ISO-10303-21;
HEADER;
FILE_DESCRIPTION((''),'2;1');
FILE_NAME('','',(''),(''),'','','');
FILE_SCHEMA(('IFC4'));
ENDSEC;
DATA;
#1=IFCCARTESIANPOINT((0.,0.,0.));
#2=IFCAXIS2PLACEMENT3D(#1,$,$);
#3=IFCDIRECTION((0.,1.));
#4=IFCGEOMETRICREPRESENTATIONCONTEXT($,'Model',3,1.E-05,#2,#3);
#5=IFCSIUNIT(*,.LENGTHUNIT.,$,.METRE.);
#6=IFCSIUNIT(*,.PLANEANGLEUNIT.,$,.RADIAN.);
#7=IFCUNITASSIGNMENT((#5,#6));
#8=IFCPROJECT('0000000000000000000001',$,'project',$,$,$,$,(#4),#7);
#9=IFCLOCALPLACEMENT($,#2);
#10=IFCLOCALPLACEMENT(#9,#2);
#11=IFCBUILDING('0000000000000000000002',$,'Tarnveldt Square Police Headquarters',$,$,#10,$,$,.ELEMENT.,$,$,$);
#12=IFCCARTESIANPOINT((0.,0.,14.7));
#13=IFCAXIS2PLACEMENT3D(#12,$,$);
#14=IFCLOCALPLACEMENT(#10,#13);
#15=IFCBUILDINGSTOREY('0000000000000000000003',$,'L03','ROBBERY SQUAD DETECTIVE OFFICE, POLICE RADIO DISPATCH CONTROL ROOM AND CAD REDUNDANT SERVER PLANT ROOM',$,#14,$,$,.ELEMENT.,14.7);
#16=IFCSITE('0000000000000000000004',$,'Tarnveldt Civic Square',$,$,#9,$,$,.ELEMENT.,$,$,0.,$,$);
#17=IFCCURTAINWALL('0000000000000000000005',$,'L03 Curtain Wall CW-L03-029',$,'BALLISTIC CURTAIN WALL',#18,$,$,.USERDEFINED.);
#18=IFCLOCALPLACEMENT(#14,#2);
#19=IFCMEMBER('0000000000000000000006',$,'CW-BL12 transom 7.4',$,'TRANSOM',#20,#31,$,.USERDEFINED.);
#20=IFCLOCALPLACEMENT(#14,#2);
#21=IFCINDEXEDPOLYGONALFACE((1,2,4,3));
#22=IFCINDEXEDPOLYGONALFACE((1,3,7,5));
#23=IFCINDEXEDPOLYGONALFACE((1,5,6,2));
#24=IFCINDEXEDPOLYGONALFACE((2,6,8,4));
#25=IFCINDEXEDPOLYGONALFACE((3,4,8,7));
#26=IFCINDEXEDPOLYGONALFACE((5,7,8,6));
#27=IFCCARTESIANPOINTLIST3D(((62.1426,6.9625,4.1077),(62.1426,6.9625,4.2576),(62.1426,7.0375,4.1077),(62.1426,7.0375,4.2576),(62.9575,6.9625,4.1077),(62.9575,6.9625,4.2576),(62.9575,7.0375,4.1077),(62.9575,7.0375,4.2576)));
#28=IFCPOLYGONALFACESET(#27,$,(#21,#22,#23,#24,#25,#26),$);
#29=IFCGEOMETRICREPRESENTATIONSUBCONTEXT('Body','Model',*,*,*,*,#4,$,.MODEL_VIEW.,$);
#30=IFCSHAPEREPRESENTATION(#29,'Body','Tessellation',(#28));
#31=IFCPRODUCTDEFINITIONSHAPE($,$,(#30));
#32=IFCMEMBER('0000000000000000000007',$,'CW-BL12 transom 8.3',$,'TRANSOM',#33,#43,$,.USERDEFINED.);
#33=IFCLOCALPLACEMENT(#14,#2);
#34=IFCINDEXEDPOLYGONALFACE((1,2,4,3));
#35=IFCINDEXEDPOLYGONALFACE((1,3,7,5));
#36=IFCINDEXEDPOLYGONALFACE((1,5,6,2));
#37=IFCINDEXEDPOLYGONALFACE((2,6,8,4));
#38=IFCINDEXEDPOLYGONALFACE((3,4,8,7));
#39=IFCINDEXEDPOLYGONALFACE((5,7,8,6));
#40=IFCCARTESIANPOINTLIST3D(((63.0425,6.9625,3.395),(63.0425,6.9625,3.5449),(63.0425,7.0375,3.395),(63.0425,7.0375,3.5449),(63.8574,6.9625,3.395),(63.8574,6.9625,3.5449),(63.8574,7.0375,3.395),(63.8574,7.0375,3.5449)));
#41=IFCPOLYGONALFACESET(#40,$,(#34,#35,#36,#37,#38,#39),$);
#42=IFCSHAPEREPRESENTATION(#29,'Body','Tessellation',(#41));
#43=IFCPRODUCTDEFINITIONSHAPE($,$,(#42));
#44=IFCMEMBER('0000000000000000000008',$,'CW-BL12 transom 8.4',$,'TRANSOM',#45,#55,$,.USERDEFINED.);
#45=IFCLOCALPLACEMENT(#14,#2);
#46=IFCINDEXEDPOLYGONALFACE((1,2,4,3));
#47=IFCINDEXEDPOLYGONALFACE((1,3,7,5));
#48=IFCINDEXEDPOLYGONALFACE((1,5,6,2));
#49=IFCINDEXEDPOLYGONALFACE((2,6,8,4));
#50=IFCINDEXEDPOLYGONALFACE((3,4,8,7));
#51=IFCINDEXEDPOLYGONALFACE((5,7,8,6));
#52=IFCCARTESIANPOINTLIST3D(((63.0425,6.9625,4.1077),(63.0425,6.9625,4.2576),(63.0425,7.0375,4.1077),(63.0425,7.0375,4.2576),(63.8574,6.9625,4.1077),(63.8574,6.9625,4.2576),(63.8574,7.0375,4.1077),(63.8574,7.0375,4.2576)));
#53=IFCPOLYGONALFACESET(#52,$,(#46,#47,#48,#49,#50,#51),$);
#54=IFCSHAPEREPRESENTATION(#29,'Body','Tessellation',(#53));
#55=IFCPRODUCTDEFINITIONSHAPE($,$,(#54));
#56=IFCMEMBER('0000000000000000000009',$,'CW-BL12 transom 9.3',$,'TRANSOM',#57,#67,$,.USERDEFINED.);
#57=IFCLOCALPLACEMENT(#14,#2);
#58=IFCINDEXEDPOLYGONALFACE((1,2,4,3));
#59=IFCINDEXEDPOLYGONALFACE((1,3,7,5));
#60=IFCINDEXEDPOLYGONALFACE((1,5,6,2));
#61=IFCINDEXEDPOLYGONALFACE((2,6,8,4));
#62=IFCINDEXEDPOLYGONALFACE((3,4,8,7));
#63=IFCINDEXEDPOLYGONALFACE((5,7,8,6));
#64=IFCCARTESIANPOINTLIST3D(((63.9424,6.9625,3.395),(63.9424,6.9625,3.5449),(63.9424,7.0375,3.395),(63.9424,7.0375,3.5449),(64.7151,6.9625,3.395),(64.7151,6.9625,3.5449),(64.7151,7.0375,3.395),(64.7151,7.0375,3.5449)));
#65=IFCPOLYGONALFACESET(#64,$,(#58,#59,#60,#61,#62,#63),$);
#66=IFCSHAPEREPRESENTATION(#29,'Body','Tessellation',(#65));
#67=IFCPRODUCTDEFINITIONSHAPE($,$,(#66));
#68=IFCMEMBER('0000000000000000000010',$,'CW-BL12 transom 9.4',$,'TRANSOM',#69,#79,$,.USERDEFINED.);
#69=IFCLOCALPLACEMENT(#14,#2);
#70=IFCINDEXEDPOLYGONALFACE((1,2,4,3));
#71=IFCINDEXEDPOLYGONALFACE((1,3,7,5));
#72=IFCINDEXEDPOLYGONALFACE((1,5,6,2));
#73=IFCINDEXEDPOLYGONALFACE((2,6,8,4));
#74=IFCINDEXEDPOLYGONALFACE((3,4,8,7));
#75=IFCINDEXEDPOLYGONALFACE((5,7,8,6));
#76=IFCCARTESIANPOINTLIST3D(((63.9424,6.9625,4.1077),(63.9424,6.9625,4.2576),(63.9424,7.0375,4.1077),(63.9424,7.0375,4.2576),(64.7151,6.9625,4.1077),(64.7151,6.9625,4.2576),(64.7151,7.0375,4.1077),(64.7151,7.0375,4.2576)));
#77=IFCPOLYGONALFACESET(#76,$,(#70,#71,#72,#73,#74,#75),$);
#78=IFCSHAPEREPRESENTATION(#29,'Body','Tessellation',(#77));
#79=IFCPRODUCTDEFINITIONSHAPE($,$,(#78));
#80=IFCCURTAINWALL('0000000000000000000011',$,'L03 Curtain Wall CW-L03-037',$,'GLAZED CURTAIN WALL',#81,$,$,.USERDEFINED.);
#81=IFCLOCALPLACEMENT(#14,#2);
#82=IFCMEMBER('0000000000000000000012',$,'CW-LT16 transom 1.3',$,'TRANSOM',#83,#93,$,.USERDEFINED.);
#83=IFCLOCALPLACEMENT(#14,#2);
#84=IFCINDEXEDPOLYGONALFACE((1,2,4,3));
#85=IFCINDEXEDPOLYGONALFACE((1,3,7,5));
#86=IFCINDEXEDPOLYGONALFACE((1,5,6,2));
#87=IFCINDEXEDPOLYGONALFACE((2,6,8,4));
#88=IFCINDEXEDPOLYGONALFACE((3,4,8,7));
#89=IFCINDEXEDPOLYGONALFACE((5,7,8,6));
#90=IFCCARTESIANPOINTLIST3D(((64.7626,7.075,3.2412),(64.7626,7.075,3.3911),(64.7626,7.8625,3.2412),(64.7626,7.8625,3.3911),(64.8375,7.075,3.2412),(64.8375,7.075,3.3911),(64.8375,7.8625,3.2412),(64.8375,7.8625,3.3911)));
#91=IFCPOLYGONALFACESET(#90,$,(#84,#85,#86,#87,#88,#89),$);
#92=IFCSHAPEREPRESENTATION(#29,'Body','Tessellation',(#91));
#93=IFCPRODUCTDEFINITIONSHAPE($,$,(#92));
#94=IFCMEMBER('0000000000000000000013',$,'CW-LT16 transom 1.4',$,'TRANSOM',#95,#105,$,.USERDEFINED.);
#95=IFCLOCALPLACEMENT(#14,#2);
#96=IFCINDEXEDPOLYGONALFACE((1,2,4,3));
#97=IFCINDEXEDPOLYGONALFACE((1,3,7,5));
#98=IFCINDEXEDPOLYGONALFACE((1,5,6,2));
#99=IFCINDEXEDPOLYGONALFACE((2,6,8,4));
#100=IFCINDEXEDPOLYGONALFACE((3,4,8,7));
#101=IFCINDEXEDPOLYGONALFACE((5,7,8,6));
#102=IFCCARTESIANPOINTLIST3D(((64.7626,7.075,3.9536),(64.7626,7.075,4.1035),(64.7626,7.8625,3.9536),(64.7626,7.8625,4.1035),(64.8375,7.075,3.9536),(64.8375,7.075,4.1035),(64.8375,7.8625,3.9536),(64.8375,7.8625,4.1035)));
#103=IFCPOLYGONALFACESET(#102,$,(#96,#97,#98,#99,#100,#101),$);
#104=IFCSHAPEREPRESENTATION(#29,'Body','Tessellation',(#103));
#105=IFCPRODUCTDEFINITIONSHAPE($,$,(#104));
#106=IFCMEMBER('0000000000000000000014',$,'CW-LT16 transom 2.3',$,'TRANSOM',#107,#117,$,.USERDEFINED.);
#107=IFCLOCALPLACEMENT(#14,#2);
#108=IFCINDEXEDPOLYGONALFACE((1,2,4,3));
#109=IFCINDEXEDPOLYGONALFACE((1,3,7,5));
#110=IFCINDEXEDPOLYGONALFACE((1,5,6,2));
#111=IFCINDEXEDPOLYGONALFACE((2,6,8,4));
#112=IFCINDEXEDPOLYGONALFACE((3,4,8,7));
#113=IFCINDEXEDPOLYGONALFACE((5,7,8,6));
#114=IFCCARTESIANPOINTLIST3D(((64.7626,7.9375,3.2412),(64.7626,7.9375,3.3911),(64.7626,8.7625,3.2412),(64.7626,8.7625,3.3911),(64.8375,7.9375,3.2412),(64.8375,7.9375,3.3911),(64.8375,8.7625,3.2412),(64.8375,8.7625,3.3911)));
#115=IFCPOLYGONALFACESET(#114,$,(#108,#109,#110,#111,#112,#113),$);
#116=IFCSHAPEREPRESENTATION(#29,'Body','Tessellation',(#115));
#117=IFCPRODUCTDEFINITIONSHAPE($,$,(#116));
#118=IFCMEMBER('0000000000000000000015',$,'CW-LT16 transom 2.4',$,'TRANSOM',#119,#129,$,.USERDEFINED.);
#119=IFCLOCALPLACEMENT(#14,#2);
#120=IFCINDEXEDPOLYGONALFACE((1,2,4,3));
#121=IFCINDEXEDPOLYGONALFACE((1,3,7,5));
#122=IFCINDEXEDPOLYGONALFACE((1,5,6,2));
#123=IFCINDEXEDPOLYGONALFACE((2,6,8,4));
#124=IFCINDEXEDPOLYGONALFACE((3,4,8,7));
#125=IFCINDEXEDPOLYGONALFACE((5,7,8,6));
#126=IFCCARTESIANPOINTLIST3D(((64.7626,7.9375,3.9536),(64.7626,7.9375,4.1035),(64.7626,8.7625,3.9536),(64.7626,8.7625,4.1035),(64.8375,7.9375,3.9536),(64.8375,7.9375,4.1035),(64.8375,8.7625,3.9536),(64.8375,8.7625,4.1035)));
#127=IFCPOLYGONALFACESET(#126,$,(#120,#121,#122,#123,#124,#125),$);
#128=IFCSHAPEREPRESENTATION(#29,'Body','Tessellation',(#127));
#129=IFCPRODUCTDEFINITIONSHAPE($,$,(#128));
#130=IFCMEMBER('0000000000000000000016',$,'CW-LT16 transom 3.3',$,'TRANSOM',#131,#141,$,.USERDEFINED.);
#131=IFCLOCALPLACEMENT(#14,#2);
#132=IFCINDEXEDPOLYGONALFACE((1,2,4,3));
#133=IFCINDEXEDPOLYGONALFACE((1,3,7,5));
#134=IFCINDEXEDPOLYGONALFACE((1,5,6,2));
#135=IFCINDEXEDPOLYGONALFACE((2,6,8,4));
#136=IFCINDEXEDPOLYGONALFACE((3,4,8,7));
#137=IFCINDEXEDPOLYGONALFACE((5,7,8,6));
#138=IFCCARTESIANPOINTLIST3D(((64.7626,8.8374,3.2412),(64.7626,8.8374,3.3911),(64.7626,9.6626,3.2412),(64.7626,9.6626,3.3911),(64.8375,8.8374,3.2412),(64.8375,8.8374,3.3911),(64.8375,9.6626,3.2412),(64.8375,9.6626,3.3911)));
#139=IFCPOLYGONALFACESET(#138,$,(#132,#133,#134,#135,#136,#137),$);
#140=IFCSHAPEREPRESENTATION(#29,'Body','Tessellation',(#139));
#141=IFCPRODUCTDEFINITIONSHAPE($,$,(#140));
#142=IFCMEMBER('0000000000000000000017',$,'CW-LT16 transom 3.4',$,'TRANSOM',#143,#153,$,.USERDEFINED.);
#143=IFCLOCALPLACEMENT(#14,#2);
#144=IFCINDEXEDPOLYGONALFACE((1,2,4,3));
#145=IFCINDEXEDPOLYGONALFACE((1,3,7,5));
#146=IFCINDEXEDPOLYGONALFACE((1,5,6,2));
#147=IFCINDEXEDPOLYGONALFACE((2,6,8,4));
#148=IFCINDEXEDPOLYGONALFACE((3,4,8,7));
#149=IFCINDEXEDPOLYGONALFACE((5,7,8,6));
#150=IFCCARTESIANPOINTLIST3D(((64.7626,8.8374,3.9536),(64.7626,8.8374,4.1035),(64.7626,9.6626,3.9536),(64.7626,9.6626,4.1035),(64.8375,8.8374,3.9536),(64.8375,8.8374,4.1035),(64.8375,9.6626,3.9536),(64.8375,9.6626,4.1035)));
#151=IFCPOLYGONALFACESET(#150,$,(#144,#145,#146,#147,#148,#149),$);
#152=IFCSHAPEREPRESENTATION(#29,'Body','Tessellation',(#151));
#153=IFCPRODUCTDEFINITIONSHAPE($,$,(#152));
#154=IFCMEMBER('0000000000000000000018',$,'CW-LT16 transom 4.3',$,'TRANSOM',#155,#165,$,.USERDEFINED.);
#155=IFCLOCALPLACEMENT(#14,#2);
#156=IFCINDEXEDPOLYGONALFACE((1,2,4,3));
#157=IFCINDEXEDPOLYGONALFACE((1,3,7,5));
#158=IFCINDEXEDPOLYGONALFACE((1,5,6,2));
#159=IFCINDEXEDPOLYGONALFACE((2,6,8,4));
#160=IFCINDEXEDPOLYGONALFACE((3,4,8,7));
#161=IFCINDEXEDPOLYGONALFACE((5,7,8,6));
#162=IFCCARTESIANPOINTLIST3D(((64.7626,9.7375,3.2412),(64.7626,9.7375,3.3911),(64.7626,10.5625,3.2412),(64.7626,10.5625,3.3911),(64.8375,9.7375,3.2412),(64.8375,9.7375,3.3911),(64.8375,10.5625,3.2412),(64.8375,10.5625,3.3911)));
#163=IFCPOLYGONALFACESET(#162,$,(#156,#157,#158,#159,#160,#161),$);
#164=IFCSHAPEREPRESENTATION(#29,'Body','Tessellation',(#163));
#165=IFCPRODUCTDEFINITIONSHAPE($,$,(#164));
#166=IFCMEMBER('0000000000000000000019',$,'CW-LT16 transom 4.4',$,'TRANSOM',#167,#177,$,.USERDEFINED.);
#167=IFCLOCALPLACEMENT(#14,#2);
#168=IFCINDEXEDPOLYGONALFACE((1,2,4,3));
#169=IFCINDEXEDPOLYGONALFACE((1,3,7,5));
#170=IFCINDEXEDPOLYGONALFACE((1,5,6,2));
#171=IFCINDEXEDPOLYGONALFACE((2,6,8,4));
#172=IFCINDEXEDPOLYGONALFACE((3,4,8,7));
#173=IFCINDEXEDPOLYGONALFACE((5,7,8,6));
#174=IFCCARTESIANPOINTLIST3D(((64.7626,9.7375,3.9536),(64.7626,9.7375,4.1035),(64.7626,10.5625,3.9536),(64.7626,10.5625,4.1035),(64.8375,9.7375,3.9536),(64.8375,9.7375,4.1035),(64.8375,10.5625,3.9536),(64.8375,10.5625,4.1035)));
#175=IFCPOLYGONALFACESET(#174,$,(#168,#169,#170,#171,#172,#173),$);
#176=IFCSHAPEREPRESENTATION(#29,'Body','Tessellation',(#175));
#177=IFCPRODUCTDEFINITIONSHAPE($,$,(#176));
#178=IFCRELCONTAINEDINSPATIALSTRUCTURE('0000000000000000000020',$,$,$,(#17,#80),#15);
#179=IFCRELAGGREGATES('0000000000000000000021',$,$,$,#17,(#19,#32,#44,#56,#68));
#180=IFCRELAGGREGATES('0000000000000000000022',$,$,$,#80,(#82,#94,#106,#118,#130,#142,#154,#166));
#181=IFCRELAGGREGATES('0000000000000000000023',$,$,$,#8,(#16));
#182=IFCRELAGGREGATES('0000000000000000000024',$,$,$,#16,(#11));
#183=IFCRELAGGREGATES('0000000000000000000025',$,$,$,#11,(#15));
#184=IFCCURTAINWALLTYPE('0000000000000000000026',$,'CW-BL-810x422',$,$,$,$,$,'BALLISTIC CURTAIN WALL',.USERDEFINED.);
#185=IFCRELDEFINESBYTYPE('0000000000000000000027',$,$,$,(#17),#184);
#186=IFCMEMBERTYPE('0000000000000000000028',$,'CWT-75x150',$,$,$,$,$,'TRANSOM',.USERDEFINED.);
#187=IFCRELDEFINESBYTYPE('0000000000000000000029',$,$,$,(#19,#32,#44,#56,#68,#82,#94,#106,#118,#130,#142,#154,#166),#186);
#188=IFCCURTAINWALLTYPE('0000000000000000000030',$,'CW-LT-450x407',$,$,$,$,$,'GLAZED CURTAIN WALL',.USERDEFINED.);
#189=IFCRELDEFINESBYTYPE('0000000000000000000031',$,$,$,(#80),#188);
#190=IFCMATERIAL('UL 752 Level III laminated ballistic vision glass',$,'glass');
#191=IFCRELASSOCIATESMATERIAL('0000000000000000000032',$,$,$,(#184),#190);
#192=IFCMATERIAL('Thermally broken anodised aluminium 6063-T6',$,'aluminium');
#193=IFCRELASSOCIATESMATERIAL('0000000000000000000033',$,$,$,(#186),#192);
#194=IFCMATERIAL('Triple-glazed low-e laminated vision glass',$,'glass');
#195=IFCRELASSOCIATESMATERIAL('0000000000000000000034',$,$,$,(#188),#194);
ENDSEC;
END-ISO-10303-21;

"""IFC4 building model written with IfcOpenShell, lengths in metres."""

from ifc_helpers import new_model, si_unit, direction, frame, origin, origin_2d, place, context, subcontext, project, spatial, rectangle, extrude, material, material_profile, profile_set, type_object, element, aggregate, save


model = new_model("IFC4")

# Units and contexts
model_context = context("Model", 3, precision=1e-05, world=origin(), true_north=direction((0.0, 1.0)))
body_context = subcontext(model_context, "Body", "Model", "MODEL_VIEW")
ifc_project = project(units=[si_unit("LENGTHUNIT", "METRE"), si_unit("PLANEANGLEUNIT", "RADIAN")], contexts=[model_context])

# Site, building, storey
site_placement = place(None, origin())
site = spatial("IfcSite", under=ifc_project, at=site_placement, Name="Tarnveldt Civic Square", CompositionType="ELEMENT", RefElevation=0.0)
building_placement = place(site_placement, origin())
building = spatial("IfcBuilding", under=site, at=building_placement, Name="Tarnveldt Square Police Headquarters", CompositionType="ELEMENT")
storey_placement = place(building_placement, frame((0.0, 0.0, 14.7)))
storey = spatial("IfcBuildingStorey", under=building, at=storey_placement, Name="L03", Description="ROBBERY SQUAD DETECTIVE OFFICE, POLICE RADIO DISPATCH CONTROL ROOM AND CAD REDUNDANT SERVER PLANT ROOM", CompositionType="ELEMENT", Elevation=14.7)

# Curtain walls, members
ifc_material_1 = material(Name="UL 752 Level III laminated ballistic vision glass", Category="glass")
curtain_wall_type_1 = type_object("IfcCurtainWallType", Name="CW-BL-810x422", ElementType="BALLISTIC CURTAIN WALL", PredefinedType="USERDEFINED", material=ifc_material_1)
curtain_wall_1_placement = place(storey_placement, origin())
curtain_wall_1 = element("IfcCurtainWall", 1, at=curtain_wall_1_placement, inside=storey, type_object=curtain_wall_type_1, Name="L03 Curtain Wall CW-L03-029", ObjectType="BALLISTIC CURTAIN WALL", PredefinedType="USERDEFINED")
ifc_material_2 = material(Name="Thermally broken anodised aluminium 6063-T6", Category="aluminium")
ifc_material_profile_1 = material_profile(ifc_material_2, rectangle(XDim=0.075, YDim=0.1499, at=origin_2d()), Name="CW-T75x150")
ifc_profile_set_1 = profile_set([ifc_material_profile_1], Name="Thermally broken anodised aluminium 6063-T6")
member_type_1 = type_object("IfcMemberType", Name="CWT-75x150", ElementType="TRANSOM", PredefinedType="USERDEFINED", material=ifc_profile_set_1)
member_1_placement = place(storey_placement, frame((62.1426, 7.0, 4.1826), z_axis=(1.0, 0.0, 0.0), x_axis=(0.0, 1.0, 0.0)))
member_1 = element("IfcMember", 2, at=member_1_placement, type_object=member_type_1, Name="CW-BL12 transom 7.4", ObjectType="TRANSOM", PredefinedType="USERDEFINED", context=body_context, shape_type="SweptSolid", body=[
    extrude(rectangle(XDim=0.075, YDim=0.1499, at=origin_2d()), origin(), (0.0, 0.0, 1.0), 0.8149),
])
member_2_placement = place(storey_placement, frame((63.0425, 7.0, 3.47), z_axis=(1.0, 0.0, 0.0), x_axis=(0.0, 1.0, 0.0)))
member_2 = element("IfcMember", 3, at=member_2_placement, type_object=member_type_1, Name="CW-BL12 transom 8.3", ObjectType="TRANSOM", PredefinedType="USERDEFINED", context=body_context, shape_type="SweptSolid", body=[
    extrude(rectangle(XDim=0.075, YDim=0.1499, at=origin_2d()), origin(), (0.0, 0.0, 1.0), 0.8149),
])
member_3_placement = place(storey_placement, frame((63.0425, 7.0, 4.1826), z_axis=(1.0, 0.0, 0.0), x_axis=(0.0, 1.0, 0.0)))
member_3 = element("IfcMember", 4, at=member_3_placement, type_object=member_type_1, Name="CW-BL12 transom 8.4", ObjectType="TRANSOM", PredefinedType="USERDEFINED", context=body_context, shape_type="SweptSolid", body=[
    extrude(rectangle(XDim=0.075, YDim=0.1499, at=origin_2d()), origin(), (0.0, 0.0, 1.0), 0.8149),
])
member_4_placement = place(storey_placement, frame((63.9424, 7.0, 3.47), z_axis=(1.0, 0.0, 0.0), x_axis=(0.0, 1.0, 0.0)))
member_4 = element("IfcMember", 5, at=member_4_placement, type_object=member_type_1, Name="CW-BL12 transom 9.3", ObjectType="TRANSOM", PredefinedType="USERDEFINED", context=body_context, shape_type="SweptSolid", body=[
    extrude(rectangle(XDim=0.075, YDim=0.1499, at=origin_2d()), origin(), (0.0, 0.0, 1.0), 0.7727),
])
member_5_placement = place(storey_placement, frame((63.9424, 7.0, 4.1826), z_axis=(1.0, 0.0, 0.0), x_axis=(0.0, 1.0, 0.0)))
member_5 = element("IfcMember", 6, at=member_5_placement, type_object=member_type_1, Name="CW-BL12 transom 9.4", ObjectType="TRANSOM", PredefinedType="USERDEFINED", context=body_context, shape_type="SweptSolid", body=[
    extrude(rectangle(XDim=0.075, YDim=0.1499, at=origin_2d()), origin(), (0.0, 0.0, 1.0), 0.7727),
])
ifc_material_3 = material(Name="Triple-glazed low-e laminated vision glass", Category="glass")
curtain_wall_type_2 = type_object("IfcCurtainWallType", Name="CW-LT-450x407", ElementType="GLAZED CURTAIN WALL", PredefinedType="USERDEFINED", material=ifc_material_3)
curtain_wall_2_placement = place(storey_placement, origin())
curtain_wall_2 = element("IfcCurtainWall", 7, at=curtain_wall_2_placement, inside=storey, type_object=curtain_wall_type_2, Name="L03 Curtain Wall CW-L03-037", ObjectType="GLAZED CURTAIN WALL", PredefinedType="USERDEFINED")
member_6_placement = place(storey_placement, frame((64.8, 7.075, 3.3162), z_axis=(0.0, 1.0, 0.0), x_axis=(-1.0, 0.0, 0.0)))
member_6 = element("IfcMember", 8, at=member_6_placement, type_object=member_type_1, Name="CW-LT16 transom 1.3", ObjectType="TRANSOM", PredefinedType="USERDEFINED", context=body_context, shape_type="SweptSolid", body=[
    extrude(rectangle(XDim=0.075, YDim=0.1499, at=origin_2d()), origin(), (0.0, 0.0, 1.0), 0.7876),
])
member_7_placement = place(storey_placement, frame((64.8, 7.075, 4.0286), z_axis=(0.0, 1.0, 0.0), x_axis=(-1.0, 0.0, 0.0)))
member_7 = element("IfcMember", 9, at=member_7_placement, type_object=member_type_1, Name="CW-LT16 transom 1.4", ObjectType="TRANSOM", PredefinedType="USERDEFINED", context=body_context, shape_type="SweptSolid", body=[
    extrude(rectangle(XDim=0.075, YDim=0.1499, at=origin_2d()), origin(), (0.0, 0.0, 1.0), 0.7876),
])
member_8_placement = place(storey_placement, frame((64.8, 7.9375, 3.3162), z_axis=(0.0, 1.0, 0.0), x_axis=(-1.0, 0.0, 0.0)))
member_8 = element("IfcMember", 10, at=member_8_placement, type_object=member_type_1, Name="CW-LT16 transom 2.3", ObjectType="TRANSOM", PredefinedType="USERDEFINED", context=body_context, shape_type="SweptSolid", body=[
    extrude(rectangle(XDim=0.075, YDim=0.1499, at=origin_2d()), origin(), (0.0, 0.0, 1.0), 0.825),
])
member_9_placement = place(storey_placement, frame((64.8, 7.9375, 4.0286), z_axis=(0.0, 1.0, 0.0), x_axis=(-1.0, 0.0, 0.0)))
member_9 = element("IfcMember", 11, at=member_9_placement, type_object=member_type_1, Name="CW-LT16 transom 2.4", ObjectType="TRANSOM", PredefinedType="USERDEFINED", context=body_context, shape_type="SweptSolid", body=[
    extrude(rectangle(XDim=0.075, YDim=0.1499, at=origin_2d()), origin(), (0.0, 0.0, 1.0), 0.825),
])
member_10_placement = place(storey_placement, frame((64.8, 8.8374, 3.3162), z_axis=(0.0, 1.0, 0.0), x_axis=(-1.0, 0.0, 0.0)))
member_10 = element("IfcMember", 12, at=member_10_placement, type_object=member_type_1, Name="CW-LT16 transom 3.3", ObjectType="TRANSOM", PredefinedType="USERDEFINED", context=body_context, shape_type="SweptSolid", body=[
    extrude(rectangle(XDim=0.075, YDim=0.1499, at=origin_2d()), origin(), (0.0, 0.0, 1.0), 0.8252),
])
member_11_placement = place(storey_placement, frame((64.8, 8.8374, 4.0286), z_axis=(0.0, 1.0, 0.0), x_axis=(-1.0, 0.0, 0.0)))
member_11 = element("IfcMember", 13, at=member_11_placement, type_object=member_type_1, Name="CW-LT16 transom 3.4", ObjectType="TRANSOM", PredefinedType="USERDEFINED", context=body_context, shape_type="SweptSolid", body=[
    extrude(rectangle(XDim=0.075, YDim=0.1499, at=origin_2d()), origin(), (0.0, 0.0, 1.0), 0.8252),
])
member_12_placement = place(storey_placement, frame((64.8, 9.7375, 3.3162), z_axis=(0.0, 1.0, 0.0), x_axis=(-1.0, 0.0, 0.0)))
member_12 = element("IfcMember", 14, at=member_12_placement, type_object=member_type_1, Name="CW-LT16 transom 4.3", ObjectType="TRANSOM", PredefinedType="USERDEFINED", context=body_context, shape_type="SweptSolid", body=[
    extrude(rectangle(XDim=0.075, YDim=0.1499, at=origin_2d()), origin(), (0.0, 0.0, 1.0), 0.825),
])
member_13_placement = place(storey_placement, frame((64.8, 9.7375, 4.0286), z_axis=(0.0, 1.0, 0.0), x_axis=(-1.0, 0.0, 0.0)))
member_13 = element("IfcMember", 15, at=member_13_placement, type_object=member_type_1, Name="CW-LT16 transom 4.4", ObjectType="TRANSOM", PredefinedType="USERDEFINED", context=body_context, shape_type="SweptSolid", body=[
    extrude(rectangle(XDim=0.075, YDim=0.1499, at=origin_2d()), origin(), (0.0, 0.0, 1.0), 0.825),
])

aggregate(curtain_wall_1, [member_1, member_2, member_3, member_4, member_5])
aggregate(curtain_wall_2, [member_6, member_7, member_8, member_9, member_10, member_11, member_12, member_13])

save(model, "model.ifc")
